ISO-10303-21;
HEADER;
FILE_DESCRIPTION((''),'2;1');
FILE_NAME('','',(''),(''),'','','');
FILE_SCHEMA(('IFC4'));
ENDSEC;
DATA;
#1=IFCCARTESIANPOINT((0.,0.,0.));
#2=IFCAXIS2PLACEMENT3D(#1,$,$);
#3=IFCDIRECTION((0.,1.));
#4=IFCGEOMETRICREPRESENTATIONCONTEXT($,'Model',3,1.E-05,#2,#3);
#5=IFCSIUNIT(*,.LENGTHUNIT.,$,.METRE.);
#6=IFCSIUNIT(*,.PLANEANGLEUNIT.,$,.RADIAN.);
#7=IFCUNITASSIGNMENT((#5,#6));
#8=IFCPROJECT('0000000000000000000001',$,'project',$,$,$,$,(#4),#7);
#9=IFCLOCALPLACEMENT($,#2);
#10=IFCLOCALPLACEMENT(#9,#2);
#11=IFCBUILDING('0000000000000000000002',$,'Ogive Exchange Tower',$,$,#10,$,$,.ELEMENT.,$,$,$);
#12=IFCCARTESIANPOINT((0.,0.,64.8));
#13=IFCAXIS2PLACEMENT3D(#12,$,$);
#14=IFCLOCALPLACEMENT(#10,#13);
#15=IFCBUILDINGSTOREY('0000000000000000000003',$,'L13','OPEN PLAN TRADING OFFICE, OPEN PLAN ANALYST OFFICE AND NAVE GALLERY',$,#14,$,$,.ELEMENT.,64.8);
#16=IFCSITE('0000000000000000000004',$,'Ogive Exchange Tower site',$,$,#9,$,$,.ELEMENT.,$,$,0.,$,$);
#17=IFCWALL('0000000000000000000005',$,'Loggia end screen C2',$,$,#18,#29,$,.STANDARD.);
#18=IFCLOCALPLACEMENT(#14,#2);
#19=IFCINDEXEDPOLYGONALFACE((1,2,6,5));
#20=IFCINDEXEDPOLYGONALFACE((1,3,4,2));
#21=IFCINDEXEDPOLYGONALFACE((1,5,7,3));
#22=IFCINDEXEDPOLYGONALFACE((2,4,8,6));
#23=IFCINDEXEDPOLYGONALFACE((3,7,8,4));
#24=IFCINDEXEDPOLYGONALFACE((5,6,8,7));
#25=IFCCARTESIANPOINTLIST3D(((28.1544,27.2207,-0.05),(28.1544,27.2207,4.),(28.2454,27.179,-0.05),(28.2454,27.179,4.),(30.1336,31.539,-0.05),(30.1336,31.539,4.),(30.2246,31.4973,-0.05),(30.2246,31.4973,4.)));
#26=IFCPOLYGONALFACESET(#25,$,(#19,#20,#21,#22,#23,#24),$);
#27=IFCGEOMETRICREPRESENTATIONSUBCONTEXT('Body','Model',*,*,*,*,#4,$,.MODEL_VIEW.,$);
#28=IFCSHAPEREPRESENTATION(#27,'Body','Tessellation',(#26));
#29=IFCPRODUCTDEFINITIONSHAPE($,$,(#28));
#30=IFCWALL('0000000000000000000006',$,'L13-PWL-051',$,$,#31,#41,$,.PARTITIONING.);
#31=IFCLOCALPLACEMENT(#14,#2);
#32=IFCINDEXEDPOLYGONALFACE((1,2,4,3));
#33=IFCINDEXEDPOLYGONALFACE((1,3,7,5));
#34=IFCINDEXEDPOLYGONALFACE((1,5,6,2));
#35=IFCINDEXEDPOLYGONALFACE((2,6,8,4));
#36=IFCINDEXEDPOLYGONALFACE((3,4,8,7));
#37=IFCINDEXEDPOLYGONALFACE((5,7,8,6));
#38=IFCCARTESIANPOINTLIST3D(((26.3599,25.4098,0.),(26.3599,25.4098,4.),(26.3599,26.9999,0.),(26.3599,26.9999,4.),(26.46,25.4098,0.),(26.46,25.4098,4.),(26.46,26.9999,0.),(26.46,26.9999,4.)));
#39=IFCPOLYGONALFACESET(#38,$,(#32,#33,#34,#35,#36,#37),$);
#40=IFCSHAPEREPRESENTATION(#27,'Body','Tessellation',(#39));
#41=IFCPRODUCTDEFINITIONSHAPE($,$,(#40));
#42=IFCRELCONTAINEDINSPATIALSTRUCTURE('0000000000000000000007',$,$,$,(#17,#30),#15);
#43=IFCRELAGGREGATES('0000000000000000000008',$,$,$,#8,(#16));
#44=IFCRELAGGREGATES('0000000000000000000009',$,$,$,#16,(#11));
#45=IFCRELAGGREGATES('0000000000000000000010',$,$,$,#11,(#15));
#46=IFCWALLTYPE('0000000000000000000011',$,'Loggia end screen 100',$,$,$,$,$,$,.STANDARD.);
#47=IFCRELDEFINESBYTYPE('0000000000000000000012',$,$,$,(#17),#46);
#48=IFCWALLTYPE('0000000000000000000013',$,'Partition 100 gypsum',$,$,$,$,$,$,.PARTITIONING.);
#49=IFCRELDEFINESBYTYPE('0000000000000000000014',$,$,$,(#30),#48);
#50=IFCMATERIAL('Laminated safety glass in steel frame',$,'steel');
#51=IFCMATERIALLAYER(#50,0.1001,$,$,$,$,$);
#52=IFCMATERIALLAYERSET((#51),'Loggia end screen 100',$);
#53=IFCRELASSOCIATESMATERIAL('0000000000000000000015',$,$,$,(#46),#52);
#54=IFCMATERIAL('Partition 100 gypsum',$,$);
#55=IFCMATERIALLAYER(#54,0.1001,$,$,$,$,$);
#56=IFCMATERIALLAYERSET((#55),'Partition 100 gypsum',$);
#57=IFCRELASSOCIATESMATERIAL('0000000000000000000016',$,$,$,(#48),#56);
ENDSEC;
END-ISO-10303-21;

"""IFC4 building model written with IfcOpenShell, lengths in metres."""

from ifc_helpers import new_model, si_unit, direction, frame, frame_2d, origin, place, context, subcontext, project, spatial, rectangle, extrude, material, layer, layer_set, type_object, element, save


model = new_model("IFC4")

# Units and contexts
model_context = context("Model", 3, precision=1e-05, world=origin(), true_north=direction((0.0, 1.0)))
body_context = subcontext(model_context, "Body", "Model", "MODEL_VIEW")
ifc_project = project(units=[si_unit("LENGTHUNIT", "METRE"), si_unit("PLANEANGLEUNIT", "RADIAN")], contexts=[model_context])

# Site, building, storey
site_placement = place(None, origin())
site = spatial("IfcSite", under=ifc_project, at=site_placement, Name="Ogive Exchange Tower site", CompositionType="ELEMENT", RefElevation=0.0)
building_placement = place(site_placement, origin())
building = spatial("IfcBuilding", under=site, at=building_placement, Name="Ogive Exchange Tower", CompositionType="ELEMENT")
storey_placement = place(building_placement, frame((0.0, 0.0, 64.8)))
storey = spatial("IfcBuildingStorey", under=building, at=storey_placement, Name="L13", Description="OPEN PLAN TRADING OFFICE, OPEN PLAN ANALYST OFFICE AND NAVE GALLERY", CompositionType="ELEMENT", Elevation=64.8)

# Walls
ifc_material_1 = material(Name="Laminated safety glass in steel frame", Category="steel")
ifc_layer_1 = layer(ifc_material_1, 0.1001)
ifc_layer_set_1 = layer_set([ifc_layer_1], Name="Loggia end screen 100")
wall_type_1 = type_object("IfcWallType", Name="Loggia end screen 100", PredefinedType="STANDARD", material=ifc_layer_set_1)
wall_1_placement = place(storey_placement, frame((28.2, 27.2, -0.05), z_axis=(0.0, 0.0, 1.0), x_axis=(0.416655, 0.909065, 0.0)))
element("IfcWall", 1, at=wall_1_placement, inside=storey, type_object=wall_type_1, Name="Loggia end screen C2", PredefinedType="STANDARD", context=body_context, shape_type="SweptSolid", body=[
    extrude(rectangle(XDim=4.7502, YDim=0.1001, at=frame_2d((2.375, 0.0))), origin(), (0.0, 0.0, 1.0), 4.05),
])
ifc_material_2 = material(Name="Partition 100 gypsum")
ifc_layer_2 = layer(ifc_material_2, 0.1001)
ifc_layer_set_2 = layer_set([ifc_layer_2], Name="Partition 100 gypsum")
wall_type_2 = type_object("IfcWallType", Name="Partition 100 gypsum", PredefinedType="PARTITIONING", material=ifc_layer_set_2)
wall_2_placement = place(storey_placement, frame((26.4099, 25.4099, 0.0), z_axis=(0.0, 0.0, 1.0), x_axis=(0.0, 1.0, 0.0)))
element("IfcWall", 2, at=wall_2_placement, inside=storey, type_object=wall_type_2, Name="L13-PWL-051", PredefinedType="PARTITIONING", context=body_context, shape_type="SweptSolid", body=[
    extrude(rectangle(XDim=1.5901, YDim=0.1001, at=frame_2d((0.7949, 0.0))), origin(), (0.0, 0.0, 1.0), 4.0),
])

save(model, "model.ifc")
